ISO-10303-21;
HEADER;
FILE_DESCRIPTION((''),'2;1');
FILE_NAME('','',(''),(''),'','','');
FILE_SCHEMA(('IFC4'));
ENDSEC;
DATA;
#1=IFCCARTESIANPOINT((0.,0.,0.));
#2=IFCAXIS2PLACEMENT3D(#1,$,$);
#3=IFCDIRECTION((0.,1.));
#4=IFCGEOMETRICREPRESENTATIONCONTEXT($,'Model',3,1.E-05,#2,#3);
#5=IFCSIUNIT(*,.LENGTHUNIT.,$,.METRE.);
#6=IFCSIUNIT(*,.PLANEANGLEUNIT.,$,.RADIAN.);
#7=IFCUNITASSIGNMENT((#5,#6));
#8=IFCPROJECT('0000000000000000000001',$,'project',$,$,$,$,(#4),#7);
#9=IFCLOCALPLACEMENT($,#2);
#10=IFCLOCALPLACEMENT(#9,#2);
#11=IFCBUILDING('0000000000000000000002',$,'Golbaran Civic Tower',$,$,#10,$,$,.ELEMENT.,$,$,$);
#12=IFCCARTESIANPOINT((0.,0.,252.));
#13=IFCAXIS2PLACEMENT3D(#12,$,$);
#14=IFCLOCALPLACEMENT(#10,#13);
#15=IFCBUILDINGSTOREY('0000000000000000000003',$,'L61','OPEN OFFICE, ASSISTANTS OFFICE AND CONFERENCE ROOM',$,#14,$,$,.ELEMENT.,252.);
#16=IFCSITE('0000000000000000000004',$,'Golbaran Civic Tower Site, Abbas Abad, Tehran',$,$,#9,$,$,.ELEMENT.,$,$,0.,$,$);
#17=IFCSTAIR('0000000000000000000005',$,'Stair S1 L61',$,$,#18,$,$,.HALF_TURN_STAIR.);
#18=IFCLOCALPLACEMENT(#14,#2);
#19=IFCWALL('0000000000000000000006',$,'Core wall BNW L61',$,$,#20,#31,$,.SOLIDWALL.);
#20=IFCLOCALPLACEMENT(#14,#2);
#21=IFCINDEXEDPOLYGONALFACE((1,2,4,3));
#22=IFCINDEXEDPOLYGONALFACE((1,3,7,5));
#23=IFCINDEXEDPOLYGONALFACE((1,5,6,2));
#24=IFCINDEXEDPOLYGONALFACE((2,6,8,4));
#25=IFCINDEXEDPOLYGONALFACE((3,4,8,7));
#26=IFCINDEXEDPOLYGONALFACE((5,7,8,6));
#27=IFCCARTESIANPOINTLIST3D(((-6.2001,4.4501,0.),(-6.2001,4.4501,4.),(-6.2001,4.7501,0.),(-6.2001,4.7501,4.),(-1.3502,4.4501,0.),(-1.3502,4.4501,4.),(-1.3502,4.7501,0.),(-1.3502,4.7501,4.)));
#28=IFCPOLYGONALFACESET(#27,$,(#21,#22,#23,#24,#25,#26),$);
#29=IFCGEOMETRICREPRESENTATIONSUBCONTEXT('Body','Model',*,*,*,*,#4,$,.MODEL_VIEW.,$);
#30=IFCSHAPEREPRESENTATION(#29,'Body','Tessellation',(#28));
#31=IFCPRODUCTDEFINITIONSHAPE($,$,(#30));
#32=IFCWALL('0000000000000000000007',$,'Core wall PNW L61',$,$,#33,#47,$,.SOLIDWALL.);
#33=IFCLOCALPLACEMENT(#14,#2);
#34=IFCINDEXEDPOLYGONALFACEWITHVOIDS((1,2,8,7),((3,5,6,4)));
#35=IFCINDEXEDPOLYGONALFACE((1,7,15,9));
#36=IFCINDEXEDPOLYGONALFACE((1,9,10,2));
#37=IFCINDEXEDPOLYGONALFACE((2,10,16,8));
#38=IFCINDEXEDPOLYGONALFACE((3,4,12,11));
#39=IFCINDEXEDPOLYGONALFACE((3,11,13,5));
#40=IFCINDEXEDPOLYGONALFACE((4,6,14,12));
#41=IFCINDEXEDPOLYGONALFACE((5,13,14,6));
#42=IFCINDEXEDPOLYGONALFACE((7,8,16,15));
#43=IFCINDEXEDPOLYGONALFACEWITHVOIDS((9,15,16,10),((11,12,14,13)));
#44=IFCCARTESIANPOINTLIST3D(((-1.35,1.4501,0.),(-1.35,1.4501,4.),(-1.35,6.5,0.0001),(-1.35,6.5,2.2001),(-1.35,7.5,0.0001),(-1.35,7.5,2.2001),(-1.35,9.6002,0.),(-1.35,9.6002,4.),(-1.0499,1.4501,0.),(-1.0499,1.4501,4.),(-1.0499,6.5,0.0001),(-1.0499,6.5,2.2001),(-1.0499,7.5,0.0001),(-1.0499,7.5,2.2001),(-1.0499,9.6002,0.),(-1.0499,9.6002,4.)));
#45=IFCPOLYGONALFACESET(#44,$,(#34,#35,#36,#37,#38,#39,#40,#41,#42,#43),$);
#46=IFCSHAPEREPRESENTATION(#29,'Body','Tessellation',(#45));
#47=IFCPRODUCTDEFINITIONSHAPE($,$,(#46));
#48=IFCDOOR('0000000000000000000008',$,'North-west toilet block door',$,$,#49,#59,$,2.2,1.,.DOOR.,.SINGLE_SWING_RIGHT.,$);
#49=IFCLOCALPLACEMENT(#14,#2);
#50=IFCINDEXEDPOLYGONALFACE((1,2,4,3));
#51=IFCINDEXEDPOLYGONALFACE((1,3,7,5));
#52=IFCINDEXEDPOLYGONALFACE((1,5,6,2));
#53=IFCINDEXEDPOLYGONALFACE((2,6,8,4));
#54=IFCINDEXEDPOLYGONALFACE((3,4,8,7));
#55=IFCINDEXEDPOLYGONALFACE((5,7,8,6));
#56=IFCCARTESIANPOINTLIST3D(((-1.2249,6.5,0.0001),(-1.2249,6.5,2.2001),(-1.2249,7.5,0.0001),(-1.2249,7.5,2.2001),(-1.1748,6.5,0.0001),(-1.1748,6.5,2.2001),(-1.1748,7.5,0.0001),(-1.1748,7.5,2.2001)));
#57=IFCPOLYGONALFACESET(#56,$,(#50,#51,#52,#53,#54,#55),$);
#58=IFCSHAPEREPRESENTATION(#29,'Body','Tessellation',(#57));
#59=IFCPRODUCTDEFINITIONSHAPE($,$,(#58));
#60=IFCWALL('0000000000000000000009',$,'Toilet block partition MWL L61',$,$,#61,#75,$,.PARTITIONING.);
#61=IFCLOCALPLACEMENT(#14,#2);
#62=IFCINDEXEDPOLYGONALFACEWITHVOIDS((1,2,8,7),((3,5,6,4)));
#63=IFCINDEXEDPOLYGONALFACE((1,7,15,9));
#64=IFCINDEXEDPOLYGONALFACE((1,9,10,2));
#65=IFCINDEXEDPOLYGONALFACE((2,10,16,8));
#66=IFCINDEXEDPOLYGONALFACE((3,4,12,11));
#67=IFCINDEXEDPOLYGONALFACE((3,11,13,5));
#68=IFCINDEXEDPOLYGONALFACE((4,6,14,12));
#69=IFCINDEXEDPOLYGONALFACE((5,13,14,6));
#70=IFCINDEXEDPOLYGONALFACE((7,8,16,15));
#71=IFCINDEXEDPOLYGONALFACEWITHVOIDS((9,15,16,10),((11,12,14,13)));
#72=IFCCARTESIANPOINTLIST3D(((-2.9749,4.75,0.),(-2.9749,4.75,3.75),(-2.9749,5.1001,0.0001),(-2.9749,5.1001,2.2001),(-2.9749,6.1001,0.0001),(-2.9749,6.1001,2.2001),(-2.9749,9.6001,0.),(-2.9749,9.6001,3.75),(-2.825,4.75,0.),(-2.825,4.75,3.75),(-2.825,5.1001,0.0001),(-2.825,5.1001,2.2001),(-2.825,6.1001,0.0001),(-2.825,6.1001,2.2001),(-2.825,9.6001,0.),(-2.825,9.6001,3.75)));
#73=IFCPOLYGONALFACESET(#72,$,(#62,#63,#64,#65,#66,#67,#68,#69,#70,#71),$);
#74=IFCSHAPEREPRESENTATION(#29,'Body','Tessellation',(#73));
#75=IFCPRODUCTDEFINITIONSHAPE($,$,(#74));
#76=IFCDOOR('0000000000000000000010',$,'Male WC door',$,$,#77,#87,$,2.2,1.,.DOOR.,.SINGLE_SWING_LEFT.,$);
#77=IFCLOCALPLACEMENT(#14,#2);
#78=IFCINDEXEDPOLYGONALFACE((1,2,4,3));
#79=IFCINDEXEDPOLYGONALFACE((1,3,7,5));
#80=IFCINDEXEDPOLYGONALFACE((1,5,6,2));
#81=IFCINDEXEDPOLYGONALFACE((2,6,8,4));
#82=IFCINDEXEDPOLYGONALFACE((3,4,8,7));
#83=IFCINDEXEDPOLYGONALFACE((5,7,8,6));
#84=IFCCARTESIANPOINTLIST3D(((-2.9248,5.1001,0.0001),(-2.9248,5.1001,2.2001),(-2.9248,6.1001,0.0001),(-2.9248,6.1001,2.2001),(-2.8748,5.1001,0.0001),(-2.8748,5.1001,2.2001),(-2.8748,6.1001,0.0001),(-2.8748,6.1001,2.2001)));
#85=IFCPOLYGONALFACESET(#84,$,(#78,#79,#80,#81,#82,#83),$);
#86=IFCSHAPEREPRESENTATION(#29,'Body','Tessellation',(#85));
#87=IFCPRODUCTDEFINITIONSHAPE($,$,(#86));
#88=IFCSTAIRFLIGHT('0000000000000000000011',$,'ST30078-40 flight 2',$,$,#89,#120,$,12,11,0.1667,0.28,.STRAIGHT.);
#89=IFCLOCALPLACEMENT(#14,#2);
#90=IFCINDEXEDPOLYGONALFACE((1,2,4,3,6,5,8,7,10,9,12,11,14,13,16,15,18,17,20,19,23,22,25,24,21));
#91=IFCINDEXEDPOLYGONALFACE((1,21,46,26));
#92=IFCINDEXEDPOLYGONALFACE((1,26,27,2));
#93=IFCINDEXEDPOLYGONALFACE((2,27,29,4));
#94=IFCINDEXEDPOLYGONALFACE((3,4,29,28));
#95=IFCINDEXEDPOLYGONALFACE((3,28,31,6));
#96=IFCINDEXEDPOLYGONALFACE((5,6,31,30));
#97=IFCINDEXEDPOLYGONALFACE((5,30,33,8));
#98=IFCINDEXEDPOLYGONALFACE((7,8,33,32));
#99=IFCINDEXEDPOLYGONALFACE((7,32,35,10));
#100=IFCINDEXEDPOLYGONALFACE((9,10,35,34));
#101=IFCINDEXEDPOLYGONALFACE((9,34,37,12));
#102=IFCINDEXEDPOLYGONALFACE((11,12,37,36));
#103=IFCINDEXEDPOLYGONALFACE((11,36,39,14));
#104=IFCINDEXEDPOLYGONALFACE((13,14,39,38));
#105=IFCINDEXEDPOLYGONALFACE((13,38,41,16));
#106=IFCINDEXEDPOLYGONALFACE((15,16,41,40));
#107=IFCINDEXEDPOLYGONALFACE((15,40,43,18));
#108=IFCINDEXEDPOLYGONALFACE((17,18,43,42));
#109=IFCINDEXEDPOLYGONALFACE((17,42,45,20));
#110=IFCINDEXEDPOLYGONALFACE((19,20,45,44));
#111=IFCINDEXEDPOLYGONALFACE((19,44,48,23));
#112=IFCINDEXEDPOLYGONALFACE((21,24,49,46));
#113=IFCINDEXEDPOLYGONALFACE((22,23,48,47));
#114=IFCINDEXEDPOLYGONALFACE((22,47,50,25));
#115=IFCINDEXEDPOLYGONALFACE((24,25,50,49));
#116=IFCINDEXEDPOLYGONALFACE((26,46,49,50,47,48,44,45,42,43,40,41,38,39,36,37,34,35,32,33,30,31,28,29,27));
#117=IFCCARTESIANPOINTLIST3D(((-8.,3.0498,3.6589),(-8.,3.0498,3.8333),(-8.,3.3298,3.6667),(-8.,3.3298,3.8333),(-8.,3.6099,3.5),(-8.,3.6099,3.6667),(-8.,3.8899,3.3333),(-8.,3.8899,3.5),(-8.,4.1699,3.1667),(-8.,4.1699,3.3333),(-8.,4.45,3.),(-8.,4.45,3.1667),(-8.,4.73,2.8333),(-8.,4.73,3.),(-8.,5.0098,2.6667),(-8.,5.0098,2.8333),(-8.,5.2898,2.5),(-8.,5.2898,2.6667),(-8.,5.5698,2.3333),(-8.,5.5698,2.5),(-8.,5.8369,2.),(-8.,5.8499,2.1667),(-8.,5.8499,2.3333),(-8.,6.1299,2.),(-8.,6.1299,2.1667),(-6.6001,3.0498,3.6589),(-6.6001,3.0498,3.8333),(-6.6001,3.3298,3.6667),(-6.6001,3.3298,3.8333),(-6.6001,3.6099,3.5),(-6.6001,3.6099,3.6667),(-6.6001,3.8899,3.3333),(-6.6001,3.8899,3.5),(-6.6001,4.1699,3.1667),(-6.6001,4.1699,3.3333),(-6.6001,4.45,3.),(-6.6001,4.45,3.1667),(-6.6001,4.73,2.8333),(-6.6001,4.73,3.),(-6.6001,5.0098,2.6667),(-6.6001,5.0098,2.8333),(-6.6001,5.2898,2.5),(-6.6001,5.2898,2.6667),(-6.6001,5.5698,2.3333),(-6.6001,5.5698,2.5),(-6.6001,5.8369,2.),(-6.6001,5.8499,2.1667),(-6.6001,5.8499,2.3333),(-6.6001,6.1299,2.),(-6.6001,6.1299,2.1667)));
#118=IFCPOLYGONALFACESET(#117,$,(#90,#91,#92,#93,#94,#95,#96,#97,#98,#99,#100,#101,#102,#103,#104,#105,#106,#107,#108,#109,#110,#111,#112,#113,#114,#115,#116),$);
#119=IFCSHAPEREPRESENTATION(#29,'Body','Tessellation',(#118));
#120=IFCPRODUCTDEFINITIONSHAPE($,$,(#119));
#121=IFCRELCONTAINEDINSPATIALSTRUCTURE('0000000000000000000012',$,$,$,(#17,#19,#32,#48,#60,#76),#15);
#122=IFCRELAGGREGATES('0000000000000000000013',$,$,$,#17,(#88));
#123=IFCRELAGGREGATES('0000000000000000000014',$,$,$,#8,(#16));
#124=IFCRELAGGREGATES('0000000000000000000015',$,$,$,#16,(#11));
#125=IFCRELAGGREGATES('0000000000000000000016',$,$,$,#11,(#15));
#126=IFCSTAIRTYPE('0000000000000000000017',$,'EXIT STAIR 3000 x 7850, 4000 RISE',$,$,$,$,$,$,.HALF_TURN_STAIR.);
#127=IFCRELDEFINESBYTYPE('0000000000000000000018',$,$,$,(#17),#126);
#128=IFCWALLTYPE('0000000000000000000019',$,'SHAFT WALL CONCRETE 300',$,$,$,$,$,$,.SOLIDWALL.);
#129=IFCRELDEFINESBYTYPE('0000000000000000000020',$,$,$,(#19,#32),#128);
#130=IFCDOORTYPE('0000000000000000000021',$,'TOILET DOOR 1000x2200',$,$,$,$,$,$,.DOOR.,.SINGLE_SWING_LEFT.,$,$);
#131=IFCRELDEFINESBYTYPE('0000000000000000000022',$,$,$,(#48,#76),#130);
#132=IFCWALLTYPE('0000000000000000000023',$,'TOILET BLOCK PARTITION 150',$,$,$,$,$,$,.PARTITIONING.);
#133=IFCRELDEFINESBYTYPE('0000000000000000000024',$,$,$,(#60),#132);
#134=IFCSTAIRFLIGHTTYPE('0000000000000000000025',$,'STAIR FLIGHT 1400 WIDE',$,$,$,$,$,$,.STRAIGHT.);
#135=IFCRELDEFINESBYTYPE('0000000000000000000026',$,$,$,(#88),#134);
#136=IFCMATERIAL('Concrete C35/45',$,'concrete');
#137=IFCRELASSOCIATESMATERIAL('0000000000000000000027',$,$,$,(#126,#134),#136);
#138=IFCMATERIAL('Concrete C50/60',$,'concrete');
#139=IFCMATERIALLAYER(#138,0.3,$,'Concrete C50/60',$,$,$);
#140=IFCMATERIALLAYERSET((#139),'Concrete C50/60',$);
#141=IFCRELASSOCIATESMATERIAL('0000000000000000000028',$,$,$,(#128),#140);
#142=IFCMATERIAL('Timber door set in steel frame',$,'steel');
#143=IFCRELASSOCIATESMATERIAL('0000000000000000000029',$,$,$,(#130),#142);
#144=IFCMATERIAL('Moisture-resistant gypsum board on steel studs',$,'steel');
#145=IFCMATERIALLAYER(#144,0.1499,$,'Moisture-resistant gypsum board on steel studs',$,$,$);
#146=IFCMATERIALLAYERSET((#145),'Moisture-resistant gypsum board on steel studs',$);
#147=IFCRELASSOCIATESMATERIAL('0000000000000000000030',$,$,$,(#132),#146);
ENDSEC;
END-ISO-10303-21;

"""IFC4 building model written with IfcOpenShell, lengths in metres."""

from ifc_helpers import new_model, si_unit, direction, frame, frame_2d, origin, place, context, subcontext, project, spatial, polyline, rectangle, outline, extrude, material, layer, layer_set, type_object, element, fill, aggregate, save


model = new_model("IFC4")

# Units and contexts
model_context = context("Model", 3, precision=1e-05, world=origin(), true_north=direction((0.0, 1.0)))
body_context = subcontext(model_context, "Body", "Model", "MODEL_VIEW")
ifc_project = project(units=[si_unit("LENGTHUNIT", "METRE"), si_unit("PLANEANGLEUNIT", "RADIAN")], contexts=[model_context])

# Site, building, storey
site_placement = place(None, origin())
site = spatial("IfcSite", under=ifc_project, at=site_placement, Name="Golbaran Civic Tower Site, Abbas Abad, Tehran", CompositionType="ELEMENT", RefElevation=0.0)
building_placement = place(site_placement, origin())
building = spatial("IfcBuilding", under=site, at=building_placement, Name="Golbaran Civic Tower", CompositionType="ELEMENT")
storey_placement = place(building_placement, frame((0.0, 0.0, 252.0)))
storey = spatial("IfcBuildingStorey", under=building, at=storey_placement, Name="L61", Description="OPEN OFFICE, ASSISTANTS OFFICE AND CONFERENCE ROOM", CompositionType="ELEMENT", Elevation=252.0)

# Stair
ifc_material_1 = material(Name="Concrete C35/45", Category="concrete")
stair_type = type_object("IfcStairType", Name="EXIT STAIR 3000 x 7850, 4000 RISE", PredefinedType="HALF_TURN_STAIR", material=ifc_material_1)
stair_1_placement = place(storey_placement, origin())
stair_1 = element("IfcStair", 1, at=stair_1_placement, inside=storey, type_object=stair_type, Name="Stair S1 L61", PredefinedType="HALF_TURN_STAIR")

# Shared definitions
ifc_material_2 = material(Name="Timber door set in steel frame", Category="steel")

# Shared definitions
ifc_material_3 = material(Name="Concrete C50/60", Category="concrete")
ifc_layer_1 = layer(ifc_material_3, 0.3, Name="Concrete C50/60")
ifc_layer_set_1 = layer_set([ifc_layer_1], Name="Concrete C50/60")
wall_type_1 = type_object("IfcWallType", Name="SHAFT WALL CONCRETE 300", PredefinedType="SOLIDWALL", material=ifc_layer_set_1)

# Wall
wall_1_placement = place(storey_placement, frame((-6.2, 4.6001, 0.0), z_axis=(0.0, 0.0, 1.0), x_axis=(1.0, 0.0, 0.0)))
element("IfcWall", 2, at=wall_1_placement, inside=storey, type_object=wall_type_1, Name="Core wall BNW L61", PredefinedType="SOLIDWALL", context=body_context, shape_type="SweptSolid", body=[
    extrude(rectangle(XDim=4.8499, YDim=0.3, at=frame_2d((2.4248, 0.0))), origin(), (0.0, 0.0, 1.0), 4.0),
])

# Walls, openings, doors
wall_2_placement = place(storey_placement, frame((-1.2, 1.45, 0.0), z_axis=(0.0, 0.0, 1.0), x_axis=(0.0, 1.0, 0.0)))
wall_2 = element("IfcWall", 3, at=wall_2_placement, inside=storey, type_object=wall_type_1, Name="Core wall PNW L61", PredefinedType="SOLIDWALL", context=body_context, shape_type="SweptSolid", body=[
    extrude(rectangle(XDim=8.1501, YDim=0.3, at=frame_2d((4.0752, 0.0))), origin(), (0.0, 0.0, 1.0), 4.0),
])
opening_1_placement = place(wall_2_placement, frame((5.05, 0.0, 0.0)))
opening_1 = element("IfcOpeningElement", 4, at=opening_1_placement, cuts=wall_2, PredefinedType="OPENING", context=body_context, shape_type="SweptSolid", body=[
    extrude(rectangle(XDim=1.0, YDim=2.2, at=frame_2d((0.5, 1.1001))), frame((0.0, 0.1599, 0.0), z_axis=(0.0, -1.0, 0.0), x_axis=(1.0, 0.0, 0.0)), (0.0, 0.0, 1.0), 0.3201),
])
door_type_1 = type_object("IfcDoorType", Name="TOILET DOOR 1000x2200", OperationType="SINGLE_SWING_LEFT", PredefinedType="DOOR", material=ifc_material_2)
door_1_placement = place(opening_1_placement, origin())
door_1 = element("IfcDoor", 5, at=door_1_placement, inside=storey, type_object=door_type_1, Name="North-west toilet block door", OperationType="SINGLE_SWING_RIGHT", OverallHeight=2.2, OverallWidth=1.0, PredefinedType="DOOR", context=body_context, shape_type="SweptSolid", body=[
    extrude(rectangle(XDim=1.0, YDim=2.2, at=frame_2d((0.5, 1.1001))), frame((0.0, 0.0249, 0.0), z_axis=(0.0, -1.0, 0.0), x_axis=(1.0, 0.0, 0.0)), (0.0, 0.0, 1.0), 0.05),
])
fill(opening_1, door_1)
ifc_material_4 = material(Name="Moisture-resistant gypsum board on steel studs", Category="steel")
ifc_layer_2 = layer(ifc_material_4, 0.1499, Name="Moisture-resistant gypsum board on steel studs")
ifc_layer_set_2 = layer_set([ifc_layer_2], Name="Moisture-resistant gypsum board on steel studs")
wall_type_2 = type_object("IfcWallType", Name="TOILET BLOCK PARTITION 150", PredefinedType="PARTITIONING", material=ifc_layer_set_2)
wall_3_placement = place(storey_placement, frame((-2.8999, 4.75, 0.0), z_axis=(0.0, 0.0, 1.0), x_axis=(0.0, 1.0, 0.0)))
wall_3 = element("IfcWall", 6, at=wall_3_placement, inside=storey, type_object=wall_type_2, Name="Toilet block partition MWL L61", PredefinedType="PARTITIONING", context=body_context, shape_type="SweptSolid", body=[
    extrude(rectangle(XDim=4.8501, YDim=0.1499, at=frame_2d((2.425, 0.0))), origin(), (0.0, 0.0, 1.0), 3.75),
])
opening_2_placement = place(wall_3_placement, frame((0.3501, 0.0, 0.0)))
opening_2 = element("IfcOpeningElement", 7, at=opening_2_placement, cuts=wall_3, PredefinedType="OPENING", context=body_context, shape_type="SweptSolid", body=[
    extrude(rectangle(XDim=1.0, YDim=2.2, at=frame_2d((0.5, 1.1001))), frame((0.0, 0.085, 0.0), z_axis=(0.0, -1.0, 0.0), x_axis=(1.0, 0.0, 0.0)), (0.0, 0.0, 1.0), 0.1699),
])
door_2_placement = place(opening_2_placement, origin())
door_2 = element("IfcDoor", 8, at=door_2_placement, inside=storey, type_object=door_type_1, Name="Male WC door", OperationType="SINGLE_SWING_LEFT", OverallHeight=2.2, OverallWidth=1.0, PredefinedType="DOOR", context=body_context, shape_type="SweptSolid", body=[
    extrude(rectangle(XDim=1.0, YDim=2.2, at=frame_2d((0.5, 1.1001))), frame((0.0, 0.0249, 0.0), z_axis=(0.0, -1.0, 0.0), x_axis=(1.0, 0.0, 0.0)), (0.0, 0.0, 1.0), 0.05),
])
fill(opening_2, door_2)

# Stair flight
stair_flight_type = type_object("IfcStairFlightType", Name="STAIR FLIGHT 1400 WIDE", PredefinedType="STRAIGHT", material=ifc_material_1)
stair_flight_placement = place(storey_placement, frame((-7.3, 6.1299, 2.0), z_axis=(0.0, 0.0, 1.0), x_axis=(0.0, -1.0, 0.0)))
stair_flight = element("IfcStairFlight", 9, at=stair_flight_placement, type_object=stair_flight_type, Name="ST30078-40 flight 2", NumberOfRisers=12, NumberOfTreads=11, PredefinedType="STRAIGHT", RiserHeight=0.1667, TreadLength=0.28, context=body_context, shape_type="SweptSolid", body=[
    extrude(outline(polyline([(0.0, 0.0), (0.0, 0.1667), (0.28, 0.1667), (0.28, 0.3333), (0.5601, 0.3333), (0.5601, 0.5), (0.8401, 0.5), (0.8401, 0.6667), (1.1201, 0.6667), (1.1201, 0.8333), (1.3999, 0.8333), (1.3999, 1.0), (1.6799, 1.0), (1.6799, 1.1667), (1.96, 1.1667), (1.96, 1.3333), (2.24, 1.3333), (2.24, 1.5), (2.52, 1.5), (2.52, 1.6667), (2.8, 1.6667), (2.8, 1.8333), (3.0801, 1.8333), (3.0801, 2.0), (3.0801, 1.6589), (0.293, 0.0), (0.0, 0.0)])), frame((0.0, 0.7, 0.0), z_axis=(0.0, -1.0, 0.0), x_axis=(1.0, 0.0, 0.0)), (0.0, 0.0, 1.0), 1.3999),
])
aggregate(stair_1, [stair_flight])

save(model, "model.ifc")
